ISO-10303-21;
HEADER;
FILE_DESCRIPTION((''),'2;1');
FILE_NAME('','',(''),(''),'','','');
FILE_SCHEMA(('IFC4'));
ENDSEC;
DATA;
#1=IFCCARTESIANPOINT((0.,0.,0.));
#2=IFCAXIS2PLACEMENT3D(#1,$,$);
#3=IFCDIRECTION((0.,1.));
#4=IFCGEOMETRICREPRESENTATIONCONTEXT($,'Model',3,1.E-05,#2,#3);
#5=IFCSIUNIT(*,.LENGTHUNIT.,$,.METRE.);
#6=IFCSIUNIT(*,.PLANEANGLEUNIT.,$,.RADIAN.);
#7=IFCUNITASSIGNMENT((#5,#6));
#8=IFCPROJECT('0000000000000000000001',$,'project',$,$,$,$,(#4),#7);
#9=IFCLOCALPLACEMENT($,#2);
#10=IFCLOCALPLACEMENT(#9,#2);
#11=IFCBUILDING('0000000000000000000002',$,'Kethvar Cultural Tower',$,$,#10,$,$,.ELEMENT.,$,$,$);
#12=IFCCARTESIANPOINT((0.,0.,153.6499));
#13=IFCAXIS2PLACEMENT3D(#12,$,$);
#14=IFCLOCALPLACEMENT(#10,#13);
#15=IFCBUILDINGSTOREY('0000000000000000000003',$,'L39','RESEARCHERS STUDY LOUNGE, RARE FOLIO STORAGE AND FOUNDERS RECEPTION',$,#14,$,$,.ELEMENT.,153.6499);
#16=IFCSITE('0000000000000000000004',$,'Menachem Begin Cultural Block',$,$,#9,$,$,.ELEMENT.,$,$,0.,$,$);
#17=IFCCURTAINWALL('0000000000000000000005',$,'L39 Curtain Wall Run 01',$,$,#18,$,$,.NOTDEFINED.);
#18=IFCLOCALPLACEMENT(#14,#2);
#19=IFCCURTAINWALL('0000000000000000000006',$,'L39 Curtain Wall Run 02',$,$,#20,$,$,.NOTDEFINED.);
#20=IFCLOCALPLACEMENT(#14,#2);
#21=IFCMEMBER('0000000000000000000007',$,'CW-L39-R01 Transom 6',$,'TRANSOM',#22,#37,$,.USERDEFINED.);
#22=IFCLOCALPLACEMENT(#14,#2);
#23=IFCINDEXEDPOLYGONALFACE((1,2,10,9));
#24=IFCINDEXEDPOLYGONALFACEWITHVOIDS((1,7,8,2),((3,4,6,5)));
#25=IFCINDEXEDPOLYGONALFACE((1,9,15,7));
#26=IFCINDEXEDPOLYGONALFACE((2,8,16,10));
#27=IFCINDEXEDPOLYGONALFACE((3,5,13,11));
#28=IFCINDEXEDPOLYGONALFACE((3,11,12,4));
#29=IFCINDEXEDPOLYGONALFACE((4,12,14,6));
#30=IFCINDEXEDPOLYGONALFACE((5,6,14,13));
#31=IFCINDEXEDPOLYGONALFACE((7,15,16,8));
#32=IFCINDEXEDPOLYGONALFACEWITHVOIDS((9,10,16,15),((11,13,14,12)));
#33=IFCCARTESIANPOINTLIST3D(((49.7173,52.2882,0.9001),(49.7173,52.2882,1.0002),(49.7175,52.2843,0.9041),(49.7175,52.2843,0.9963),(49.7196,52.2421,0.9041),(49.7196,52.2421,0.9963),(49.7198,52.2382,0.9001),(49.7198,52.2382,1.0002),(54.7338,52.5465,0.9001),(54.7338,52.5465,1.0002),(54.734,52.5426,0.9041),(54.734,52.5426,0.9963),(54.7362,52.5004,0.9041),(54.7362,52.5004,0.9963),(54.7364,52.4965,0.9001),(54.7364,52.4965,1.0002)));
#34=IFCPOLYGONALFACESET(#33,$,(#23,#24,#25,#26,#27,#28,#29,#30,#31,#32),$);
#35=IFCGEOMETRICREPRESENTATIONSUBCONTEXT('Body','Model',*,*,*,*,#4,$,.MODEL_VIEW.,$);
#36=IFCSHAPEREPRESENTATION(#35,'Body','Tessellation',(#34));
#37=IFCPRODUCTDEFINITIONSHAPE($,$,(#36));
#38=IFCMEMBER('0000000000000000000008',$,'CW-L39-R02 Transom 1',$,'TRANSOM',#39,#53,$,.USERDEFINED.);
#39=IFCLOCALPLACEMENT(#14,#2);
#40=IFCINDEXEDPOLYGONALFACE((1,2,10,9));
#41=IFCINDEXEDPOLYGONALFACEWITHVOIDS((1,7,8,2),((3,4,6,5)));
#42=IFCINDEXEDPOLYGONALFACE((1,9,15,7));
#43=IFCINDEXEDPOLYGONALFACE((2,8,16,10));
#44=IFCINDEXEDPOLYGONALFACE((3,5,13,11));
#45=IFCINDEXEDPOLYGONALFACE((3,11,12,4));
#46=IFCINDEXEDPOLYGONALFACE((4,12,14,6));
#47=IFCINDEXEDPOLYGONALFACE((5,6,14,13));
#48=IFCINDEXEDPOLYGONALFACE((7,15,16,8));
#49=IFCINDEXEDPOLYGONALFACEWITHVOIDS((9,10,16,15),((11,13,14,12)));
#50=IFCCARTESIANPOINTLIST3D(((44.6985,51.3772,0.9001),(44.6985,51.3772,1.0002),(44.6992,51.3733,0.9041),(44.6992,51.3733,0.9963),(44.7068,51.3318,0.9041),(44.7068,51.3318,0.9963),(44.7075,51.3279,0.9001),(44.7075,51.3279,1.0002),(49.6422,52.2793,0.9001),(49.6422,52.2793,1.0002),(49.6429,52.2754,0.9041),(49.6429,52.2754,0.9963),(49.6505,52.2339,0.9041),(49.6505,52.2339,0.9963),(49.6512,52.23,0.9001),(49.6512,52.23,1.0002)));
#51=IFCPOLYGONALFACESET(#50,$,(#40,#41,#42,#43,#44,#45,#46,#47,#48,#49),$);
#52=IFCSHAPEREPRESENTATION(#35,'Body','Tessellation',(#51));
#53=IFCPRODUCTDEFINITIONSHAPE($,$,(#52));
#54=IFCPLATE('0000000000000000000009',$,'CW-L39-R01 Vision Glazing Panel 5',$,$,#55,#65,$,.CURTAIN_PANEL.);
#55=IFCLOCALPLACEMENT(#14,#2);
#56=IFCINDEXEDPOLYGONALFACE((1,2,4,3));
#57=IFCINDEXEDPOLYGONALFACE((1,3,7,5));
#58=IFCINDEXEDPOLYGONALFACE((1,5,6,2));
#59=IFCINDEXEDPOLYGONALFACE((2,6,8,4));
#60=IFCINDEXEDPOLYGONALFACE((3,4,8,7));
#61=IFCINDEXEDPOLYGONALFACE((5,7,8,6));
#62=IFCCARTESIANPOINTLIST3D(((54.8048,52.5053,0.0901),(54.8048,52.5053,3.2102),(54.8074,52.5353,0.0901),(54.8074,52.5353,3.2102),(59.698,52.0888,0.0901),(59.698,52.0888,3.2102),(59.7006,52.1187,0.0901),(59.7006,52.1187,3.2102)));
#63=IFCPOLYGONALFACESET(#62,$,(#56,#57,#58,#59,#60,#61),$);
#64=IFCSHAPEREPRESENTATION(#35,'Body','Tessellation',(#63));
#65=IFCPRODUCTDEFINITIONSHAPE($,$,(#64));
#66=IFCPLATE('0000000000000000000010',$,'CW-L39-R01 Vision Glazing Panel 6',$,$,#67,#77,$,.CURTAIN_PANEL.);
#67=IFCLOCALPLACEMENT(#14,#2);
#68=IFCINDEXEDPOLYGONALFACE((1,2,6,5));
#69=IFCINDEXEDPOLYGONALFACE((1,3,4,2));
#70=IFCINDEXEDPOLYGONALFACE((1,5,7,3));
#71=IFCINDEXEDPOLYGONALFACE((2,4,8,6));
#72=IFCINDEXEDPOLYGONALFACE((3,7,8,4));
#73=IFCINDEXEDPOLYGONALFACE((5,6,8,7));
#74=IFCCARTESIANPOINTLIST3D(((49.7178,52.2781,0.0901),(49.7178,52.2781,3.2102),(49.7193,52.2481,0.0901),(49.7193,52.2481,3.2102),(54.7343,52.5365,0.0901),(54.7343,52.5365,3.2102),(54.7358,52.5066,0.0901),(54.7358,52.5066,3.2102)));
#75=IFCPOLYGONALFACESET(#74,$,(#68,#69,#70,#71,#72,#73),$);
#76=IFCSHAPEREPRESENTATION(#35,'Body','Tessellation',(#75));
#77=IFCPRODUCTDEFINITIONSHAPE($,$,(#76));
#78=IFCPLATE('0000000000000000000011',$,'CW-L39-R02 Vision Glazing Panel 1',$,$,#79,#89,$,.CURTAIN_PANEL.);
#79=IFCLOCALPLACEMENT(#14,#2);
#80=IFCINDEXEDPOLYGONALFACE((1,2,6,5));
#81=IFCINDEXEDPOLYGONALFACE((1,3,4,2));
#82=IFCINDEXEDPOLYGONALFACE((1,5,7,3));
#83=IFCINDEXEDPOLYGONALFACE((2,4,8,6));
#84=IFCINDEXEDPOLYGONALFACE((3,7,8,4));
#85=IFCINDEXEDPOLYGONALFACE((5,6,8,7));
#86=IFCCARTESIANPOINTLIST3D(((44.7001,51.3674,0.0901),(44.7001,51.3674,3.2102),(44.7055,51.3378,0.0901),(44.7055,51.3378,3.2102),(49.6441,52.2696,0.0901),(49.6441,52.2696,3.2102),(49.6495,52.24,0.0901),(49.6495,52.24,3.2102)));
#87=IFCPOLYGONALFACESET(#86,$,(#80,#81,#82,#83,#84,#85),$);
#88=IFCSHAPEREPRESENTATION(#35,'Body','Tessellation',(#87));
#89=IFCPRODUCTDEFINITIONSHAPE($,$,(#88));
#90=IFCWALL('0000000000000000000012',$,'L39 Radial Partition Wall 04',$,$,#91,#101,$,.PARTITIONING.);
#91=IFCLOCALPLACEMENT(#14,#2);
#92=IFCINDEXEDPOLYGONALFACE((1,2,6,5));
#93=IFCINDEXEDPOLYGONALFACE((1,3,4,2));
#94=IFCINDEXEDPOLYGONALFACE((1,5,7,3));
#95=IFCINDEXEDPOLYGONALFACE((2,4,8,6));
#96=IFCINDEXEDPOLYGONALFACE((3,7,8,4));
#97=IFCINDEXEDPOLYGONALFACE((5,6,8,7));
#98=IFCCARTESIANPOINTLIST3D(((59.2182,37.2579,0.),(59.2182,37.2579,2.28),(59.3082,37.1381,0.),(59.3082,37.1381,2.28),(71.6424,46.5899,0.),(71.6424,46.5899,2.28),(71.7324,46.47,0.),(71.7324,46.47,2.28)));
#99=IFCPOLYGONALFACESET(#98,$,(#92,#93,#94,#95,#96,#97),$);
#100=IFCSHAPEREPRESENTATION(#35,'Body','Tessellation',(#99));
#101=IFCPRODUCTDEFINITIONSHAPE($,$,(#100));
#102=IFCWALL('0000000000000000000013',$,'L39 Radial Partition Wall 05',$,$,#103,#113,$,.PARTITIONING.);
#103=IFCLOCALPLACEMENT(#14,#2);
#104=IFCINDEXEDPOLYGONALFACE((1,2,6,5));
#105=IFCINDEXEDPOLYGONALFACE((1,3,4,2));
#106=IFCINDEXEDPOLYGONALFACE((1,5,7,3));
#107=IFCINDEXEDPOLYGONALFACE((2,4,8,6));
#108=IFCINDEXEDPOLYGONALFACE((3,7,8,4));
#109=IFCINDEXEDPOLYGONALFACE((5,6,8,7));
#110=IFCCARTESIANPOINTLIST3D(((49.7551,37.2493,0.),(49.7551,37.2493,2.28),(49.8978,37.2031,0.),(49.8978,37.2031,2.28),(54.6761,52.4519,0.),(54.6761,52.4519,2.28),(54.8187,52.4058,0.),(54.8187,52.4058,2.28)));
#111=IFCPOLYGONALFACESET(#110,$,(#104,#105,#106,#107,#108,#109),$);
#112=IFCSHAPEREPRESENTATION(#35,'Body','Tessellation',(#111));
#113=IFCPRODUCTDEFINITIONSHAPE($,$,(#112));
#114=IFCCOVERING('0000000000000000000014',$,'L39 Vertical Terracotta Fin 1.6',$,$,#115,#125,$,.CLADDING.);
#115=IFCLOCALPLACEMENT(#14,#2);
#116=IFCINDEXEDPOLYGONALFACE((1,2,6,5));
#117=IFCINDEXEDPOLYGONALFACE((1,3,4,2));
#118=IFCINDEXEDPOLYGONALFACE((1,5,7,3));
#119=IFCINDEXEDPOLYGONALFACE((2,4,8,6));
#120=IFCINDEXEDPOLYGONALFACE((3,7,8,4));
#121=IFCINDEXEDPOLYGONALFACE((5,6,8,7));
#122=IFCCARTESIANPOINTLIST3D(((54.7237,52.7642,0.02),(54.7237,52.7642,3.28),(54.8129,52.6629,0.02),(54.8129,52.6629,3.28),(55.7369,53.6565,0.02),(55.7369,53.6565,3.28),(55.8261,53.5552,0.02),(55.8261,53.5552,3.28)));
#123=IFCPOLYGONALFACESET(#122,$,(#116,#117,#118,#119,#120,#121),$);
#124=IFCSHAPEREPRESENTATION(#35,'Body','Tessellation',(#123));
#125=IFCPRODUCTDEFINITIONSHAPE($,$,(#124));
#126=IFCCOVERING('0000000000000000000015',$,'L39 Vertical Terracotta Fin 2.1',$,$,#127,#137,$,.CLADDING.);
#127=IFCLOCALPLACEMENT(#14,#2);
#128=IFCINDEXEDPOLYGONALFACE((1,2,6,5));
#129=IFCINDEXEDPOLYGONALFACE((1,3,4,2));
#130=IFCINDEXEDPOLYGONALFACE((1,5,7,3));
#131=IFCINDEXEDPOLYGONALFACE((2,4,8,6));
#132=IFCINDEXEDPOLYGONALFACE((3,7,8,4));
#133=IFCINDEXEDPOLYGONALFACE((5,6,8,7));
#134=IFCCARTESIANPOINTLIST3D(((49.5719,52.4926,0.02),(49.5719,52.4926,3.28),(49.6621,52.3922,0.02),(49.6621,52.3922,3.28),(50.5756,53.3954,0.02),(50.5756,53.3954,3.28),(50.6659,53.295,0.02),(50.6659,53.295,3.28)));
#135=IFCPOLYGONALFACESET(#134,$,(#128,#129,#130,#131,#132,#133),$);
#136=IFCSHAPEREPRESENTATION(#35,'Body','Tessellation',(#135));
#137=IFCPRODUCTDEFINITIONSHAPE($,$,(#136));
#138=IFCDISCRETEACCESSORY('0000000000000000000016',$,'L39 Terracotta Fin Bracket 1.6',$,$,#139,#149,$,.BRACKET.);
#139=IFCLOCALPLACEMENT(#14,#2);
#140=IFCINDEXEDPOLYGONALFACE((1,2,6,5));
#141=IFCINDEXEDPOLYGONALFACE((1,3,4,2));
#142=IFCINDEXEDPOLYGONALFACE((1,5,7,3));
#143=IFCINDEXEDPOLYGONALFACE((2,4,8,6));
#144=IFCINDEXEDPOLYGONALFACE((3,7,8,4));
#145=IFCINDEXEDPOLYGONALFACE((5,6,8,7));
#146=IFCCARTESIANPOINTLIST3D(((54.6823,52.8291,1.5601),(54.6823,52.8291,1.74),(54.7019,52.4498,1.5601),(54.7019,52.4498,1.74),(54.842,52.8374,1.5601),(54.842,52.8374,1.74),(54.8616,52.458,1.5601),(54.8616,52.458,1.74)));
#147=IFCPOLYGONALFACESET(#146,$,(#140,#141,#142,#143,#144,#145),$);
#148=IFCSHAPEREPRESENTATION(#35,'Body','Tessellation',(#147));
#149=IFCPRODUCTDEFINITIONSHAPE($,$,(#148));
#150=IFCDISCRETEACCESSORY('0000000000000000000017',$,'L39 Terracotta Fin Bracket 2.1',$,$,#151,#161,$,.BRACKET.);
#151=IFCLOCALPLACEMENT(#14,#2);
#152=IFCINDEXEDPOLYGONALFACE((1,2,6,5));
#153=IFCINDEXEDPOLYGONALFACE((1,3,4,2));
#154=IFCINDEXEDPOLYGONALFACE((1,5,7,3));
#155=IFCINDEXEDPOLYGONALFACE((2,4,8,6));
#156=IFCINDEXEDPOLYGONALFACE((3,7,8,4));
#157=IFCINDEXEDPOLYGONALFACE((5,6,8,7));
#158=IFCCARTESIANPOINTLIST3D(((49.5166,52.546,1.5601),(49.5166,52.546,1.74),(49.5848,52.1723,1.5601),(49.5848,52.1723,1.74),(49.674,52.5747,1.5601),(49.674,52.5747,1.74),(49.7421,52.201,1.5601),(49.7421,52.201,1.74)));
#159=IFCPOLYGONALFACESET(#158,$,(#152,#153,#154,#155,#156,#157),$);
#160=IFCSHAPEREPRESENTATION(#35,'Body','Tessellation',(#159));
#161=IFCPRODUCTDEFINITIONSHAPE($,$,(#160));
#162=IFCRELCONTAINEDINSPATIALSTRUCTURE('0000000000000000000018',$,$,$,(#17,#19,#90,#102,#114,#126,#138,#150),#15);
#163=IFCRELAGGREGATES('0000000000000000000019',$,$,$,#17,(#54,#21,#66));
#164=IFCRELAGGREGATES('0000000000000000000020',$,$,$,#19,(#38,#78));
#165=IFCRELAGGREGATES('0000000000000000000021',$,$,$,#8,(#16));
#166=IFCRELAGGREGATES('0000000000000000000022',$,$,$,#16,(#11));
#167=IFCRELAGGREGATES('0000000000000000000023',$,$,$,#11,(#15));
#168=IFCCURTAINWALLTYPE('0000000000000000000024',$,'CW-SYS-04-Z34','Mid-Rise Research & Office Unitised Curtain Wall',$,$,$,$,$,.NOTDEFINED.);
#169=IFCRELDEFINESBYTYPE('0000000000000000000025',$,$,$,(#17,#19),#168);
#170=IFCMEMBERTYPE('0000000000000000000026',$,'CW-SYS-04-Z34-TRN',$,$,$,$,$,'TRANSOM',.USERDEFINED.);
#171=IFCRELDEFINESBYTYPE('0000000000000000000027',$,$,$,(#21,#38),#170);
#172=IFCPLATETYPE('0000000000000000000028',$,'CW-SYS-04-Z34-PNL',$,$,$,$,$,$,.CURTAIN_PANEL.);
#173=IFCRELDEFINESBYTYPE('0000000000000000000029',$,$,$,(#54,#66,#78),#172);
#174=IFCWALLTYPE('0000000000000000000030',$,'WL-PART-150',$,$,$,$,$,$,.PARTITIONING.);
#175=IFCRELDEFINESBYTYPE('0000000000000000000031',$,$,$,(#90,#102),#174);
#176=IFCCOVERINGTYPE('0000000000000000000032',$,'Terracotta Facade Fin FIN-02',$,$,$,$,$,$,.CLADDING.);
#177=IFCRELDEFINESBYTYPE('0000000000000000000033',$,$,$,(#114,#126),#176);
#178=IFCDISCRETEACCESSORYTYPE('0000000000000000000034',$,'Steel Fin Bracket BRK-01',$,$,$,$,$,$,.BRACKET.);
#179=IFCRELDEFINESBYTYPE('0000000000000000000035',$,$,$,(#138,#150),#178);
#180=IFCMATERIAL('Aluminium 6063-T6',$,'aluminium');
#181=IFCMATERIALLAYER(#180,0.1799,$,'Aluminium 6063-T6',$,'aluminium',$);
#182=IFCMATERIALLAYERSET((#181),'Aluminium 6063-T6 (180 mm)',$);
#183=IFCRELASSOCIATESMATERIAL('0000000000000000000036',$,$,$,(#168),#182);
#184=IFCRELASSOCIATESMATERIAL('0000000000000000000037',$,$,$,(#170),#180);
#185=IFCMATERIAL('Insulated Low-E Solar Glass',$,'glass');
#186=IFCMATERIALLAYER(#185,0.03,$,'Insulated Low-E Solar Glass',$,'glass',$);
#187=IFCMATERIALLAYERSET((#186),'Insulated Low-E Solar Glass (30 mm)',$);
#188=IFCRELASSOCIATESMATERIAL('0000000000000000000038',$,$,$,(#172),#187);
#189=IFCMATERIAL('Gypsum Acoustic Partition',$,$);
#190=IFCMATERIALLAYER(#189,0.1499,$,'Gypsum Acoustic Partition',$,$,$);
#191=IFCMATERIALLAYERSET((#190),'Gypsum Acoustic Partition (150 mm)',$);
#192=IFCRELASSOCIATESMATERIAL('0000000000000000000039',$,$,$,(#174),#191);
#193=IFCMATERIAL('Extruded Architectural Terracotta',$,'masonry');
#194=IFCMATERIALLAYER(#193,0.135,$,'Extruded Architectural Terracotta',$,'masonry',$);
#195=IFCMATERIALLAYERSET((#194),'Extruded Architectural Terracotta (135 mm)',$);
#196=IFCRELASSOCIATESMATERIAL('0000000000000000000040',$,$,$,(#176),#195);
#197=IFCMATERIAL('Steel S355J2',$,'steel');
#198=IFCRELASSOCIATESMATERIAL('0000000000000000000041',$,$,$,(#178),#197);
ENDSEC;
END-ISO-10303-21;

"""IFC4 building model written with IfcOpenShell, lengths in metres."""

from ifc_helpers import new_model, si_unit, direction, frame, frame_2d, origin, origin_2d, place, context, subcontext, project, spatial, rectangle, hollow_rectangle, extrude, source, transform, mapped, material, layer, layer_set, material_profile, profile_set, type_object, element, aggregate, save


model = new_model("IFC4")

# Units and contexts
model_context = context("Model", 3, precision=1e-05, world=origin(), true_north=direction((0.0, 1.0)))
body_context = subcontext(model_context, "Body", "Model", "MODEL_VIEW")
ifc_project = project(units=[si_unit("LENGTHUNIT", "METRE"), si_unit("PLANEANGLEUNIT", "RADIAN")], contexts=[model_context])

# Site, building, storey
site_placement = place(None, origin())
site = spatial("IfcSite", under=ifc_project, at=site_placement, Name="Menachem Begin Cultural Block", CompositionType="ELEMENT", RefElevation=0.0)
building_placement = place(site_placement, origin())
building = spatial("IfcBuilding", under=site, at=building_placement, Name="Kethvar Cultural Tower", CompositionType="ELEMENT")
storey_placement = place(building_placement, frame((0.0, 0.0, 153.6499)))
storey = spatial("IfcBuildingStorey", under=building, at=storey_placement, Name="L39", Description="RESEARCHERS STUDY LOUNGE, RARE FOLIO STORAGE AND FOUNDERS RECEPTION", CompositionType="ELEMENT", Elevation=153.6499)

# Shared definitions
ifc_material_1 = material(Name="Steel S355J2", Category="steel")

# Curtain wall
ifc_material_2 = material(Name="Aluminium 6063-T6", Category="aluminium")
ifc_layer_1 = layer(ifc_material_2, 0.1799, Name="Aluminium 6063-T6", Category="aluminium")
ifc_layer_set_1 = layer_set([ifc_layer_1], Name="Aluminium 6063-T6 (180 mm)")
curtain_wall_type = type_object("IfcCurtainWallType", Name="CW-SYS-04-Z34", Description="Mid-Rise Research & Office Unitised Curtain Wall", PredefinedType="NOTDEFINED", material=ifc_layer_set_1)
curtain_wall_1_placement = place(storey_placement, origin())
curtain_wall_1 = element("IfcCurtainWall", 1, at=curtain_wall_1_placement, inside=storey, type_object=curtain_wall_type, Name="L39 Curtain Wall Run 01", PredefinedType="NOTDEFINED")

# Curtain wall
curtain_wall_2_placement = place(storey_placement, origin())
curtain_wall_2 = element("IfcCurtainWall", 2, at=curtain_wall_2_placement, inside=storey, type_object=curtain_wall_type, Name="L39 Curtain Wall Run 02", PredefinedType="NOTDEFINED")

# Members
ifc_material_profile_1 = material_profile(ifc_material_2, hollow_rectangle(XDim=0.05, YDim=0.1001, WallThickness=0.0039, at=origin_2d()), Name="Aluminium 6063-T6 — RHS100x50x4")
ifc_profile_set_1 = profile_set([ifc_material_profile_1], Name="Aluminium 6063-T6 — RHS100x50x4")
member_type_1 = type_object("IfcMemberType", Name="CW-SYS-04-Z34-TRN", ElementType="TRANSOM", PredefinedType="USERDEFINED", material=ifc_profile_set_1)
shared_shape_1 = source(origin(), body_context, "Body", "SweptSolid", [
    extrude(hollow_rectangle(XDim=0.05, YDim=0.1001, WallThickness=0.0039, at=origin_2d()), origin(), (0.0, 0.0, 1.0), 5.0232),
])
member_1_placement = place(storey_placement, frame((54.7351, 52.5215, 0.9502), z_axis=(-0.998677, -0.051421, 0.0), x_axis=(0.051421, -0.998677, 0.0)))
member_1 = element("IfcMember", 3, at=member_1_placement, type_object=member_type_1, Name="CW-L39-R01 Transom 6", ObjectType="TRANSOM", PredefinedType="USERDEFINED", context=body_context, shape_type="MappedRepresentation", body=[
    mapped(shared_shape_1, transform((0.0, 0.0, 0.0), scale=1.0)),
])
shared_shape_2 = source(origin(), body_context, "Body", "SweptSolid", [
    extrude(hollow_rectangle(XDim=0.05, YDim=0.1001, WallThickness=0.0039, at=origin_2d()), origin(), (0.0, 0.0, 1.0), 5.0254),
])
member_2_placement = place(storey_placement, frame((49.6467, 52.2546, 0.9502), z_axis=(-0.983757, -0.179505, 0.0), x_axis=(0.179505, -0.983757, 0.0)))
member_2 = element("IfcMember", 4, at=member_2_placement, type_object=member_type_1, Name="CW-L39-R02 Transom 1", ObjectType="TRANSOM", PredefinedType="USERDEFINED", context=body_context, shape_type="MappedRepresentation", body=[
    mapped(shared_shape_2, transform((0.0, 0.0, 0.0), scale=1.0)),
])

# Plates
ifc_material_3 = material(Name="Insulated Low-E Solar Glass", Category="glass")
ifc_layer_2 = layer(ifc_material_3, 0.03, Name="Insulated Low-E Solar Glass", Category="glass")
ifc_layer_set_2 = layer_set([ifc_layer_2], Name="Insulated Low-E Solar Glass (30 mm)")
plate_type = type_object("IfcPlateType", Name="CW-SYS-04-Z34-PNL", PredefinedType="CURTAIN_PANEL", material=ifc_layer_set_2)
shared_shape_3 = source(origin(), body_context, "Body", "SweptSolid", [
    extrude(rectangle(XDim=4.9109, YDim=0.03, at=origin_2d()), origin(), (0.0, 0.0, 1.0), 3.1201),
])
plate_1_placement = place(storey_placement, frame((57.2527, 52.312, 0.0901), z_axis=(0.0, 0.0, 1.0), x_axis=(-0.996396, 0.084826, 0.0)))
plate_1 = element("IfcPlate", 5, at=plate_1_placement, type_object=plate_type, Name="CW-L39-R01 Vision Glazing Panel 5", PredefinedType="CURTAIN_PANEL", context=body_context, shape_type="MappedRepresentation", body=[
    mapped(shared_shape_3, transform((0.0, 0.0, 0.0), scale=1.0)),
])
shared_shape_4 = source(origin(), body_context, "Body", "SweptSolid", [
    extrude(rectangle(XDim=5.0232, YDim=0.03, at=origin_2d()), origin(), (0.0, 0.0, 1.0), 3.1201),
])
plate_2_placement = place(storey_placement, frame((52.2268, 52.3923, 0.0901), z_axis=(0.0, 0.0, 1.0), x_axis=(-0.998676, -0.051447, 0.0)))
plate_2 = element("IfcPlate", 6, at=plate_2_placement, type_object=plate_type, Name="CW-L39-R01 Vision Glazing Panel 6", PredefinedType="CURTAIN_PANEL", context=body_context, shape_type="MappedRepresentation", body=[
    mapped(shared_shape_4, transform((0.0, 0.0, 0.0), scale=1.0)),
])
aggregate(curtain_wall_1, [plate_1, member_1, plate_2])
shared_shape_5 = source(origin(), body_context, "Body", "SweptSolid", [
    extrude(rectangle(XDim=5.0256, YDim=0.03, at=origin_2d()), origin(), (0.0, 0.0, 1.0), 3.1201),
])
plate_3_placement = place(storey_placement, frame((47.1748, 51.8037, 0.0901), z_axis=(0.0, 0.0, 1.0), x_axis=(-0.983754, -0.179523, 0.0)))
plate_3 = element("IfcPlate", 7, at=plate_3_placement, type_object=plate_type, Name="CW-L39-R02 Vision Glazing Panel 1", PredefinedType="CURTAIN_PANEL", context=body_context, shape_type="MappedRepresentation", body=[
    mapped(shared_shape_5, transform((0.0, 0.0, 0.0), scale=1.0)),
])
aggregate(curtain_wall_2, [member_2, plate_3])

# Walls
ifc_material_4 = material(Name="Gypsum Acoustic Partition")
ifc_layer_3 = layer(ifc_material_4, 0.1499, Name="Gypsum Acoustic Partition")
ifc_layer_set_3 = layer_set([ifc_layer_3], Name="Gypsum Acoustic Partition (150 mm)")
wall_type_1 = type_object("IfcWallType", Name="WL-PART-150", PredefinedType="PARTITIONING", material=ifc_layer_set_3)
wall_1_placement = place(storey_placement, frame((59.2632, 37.198, 0.0), z_axis=(0.0, 0.0, 1.0), x_axis=(0.799574, 0.600568, 0.0)))
element("IfcWall", 8, at=wall_1_placement, inside=storey, type_object=wall_type_1, Name="L39 Radial Partition Wall 04", PredefinedType="PARTITIONING", context=body_context, shape_type="SweptSolid", body=[
    extrude(rectangle(XDim=15.5386, YDim=0.1499, at=frame_2d((7.7693, 0.0))), origin(), (0.0, 0.0, 1.0), 2.28),
])
wall_2_placement = place(storey_placement, frame((49.8264, 37.2261, 0.0), z_axis=(0.0, 0.0, 1.0), x_axis=(0.307956, 0.951401, 0.0)))
element("IfcWall", 9, at=wall_2_placement, inside=storey, type_object=wall_type_1, Name="L39 Radial Partition Wall 05", PredefinedType="PARTITIONING", context=body_context, shape_type="SweptSolid", body=[
    extrude(rectangle(XDim=15.9792, YDim=0.1499, at=frame_2d((7.9897, 0.0))), origin(), (0.0, 0.0, 1.0), 2.28),
])

# Coverings
ifc_material_5 = material(Name="Extruded Architectural Terracotta", Category="masonry")
ifc_layer_4 = layer(ifc_material_5, 0.135, Name="Extruded Architectural Terracotta", Category="masonry")
ifc_layer_set_4 = layer_set([ifc_layer_4], Name="Extruded Architectural Terracotta (135 mm)")
covering_type = type_object("IfcCoveringType", Name="Terracotta Facade Fin FIN-02", PredefinedType="CLADDING", material=ifc_layer_set_4)
shared_shape_6 = source(origin(), body_context, "Body", "SweptSolid", [
    extrude(rectangle(XDim=1.3501, YDim=0.135, at=origin_2d()), origin(), (0.0, 0.0, 1.0), 3.26),
])
for number, where, z_axis, x_axis, name in (
    (10, (55.2749, 53.1597, 0.02), (0.0, 0.0, 1.0), (0.750457, 0.660919, 0.0), "L39 Vertical Terracotta Fin 1.6"),
    (11, (50.1189, 52.8938, 0.02), (0.0, 0.0, 1.0), (0.743495, 0.668741, 0.0), "L39 Vertical Terracotta Fin 2.1"),
):
    element("IfcCovering", number, at=place(storey_placement, frame(where, z_axis=z_axis, x_axis=x_axis)), inside=storey, type_object=covering_type, Name=name, PredefinedType="CLADDING", context=body_context, shape_type="MappedRepresentation", body=[
        mapped(shared_shape_6, transform((0.0, 0.0, 0.0), scale=1.0)),
    ])

# Discrete accessories
discrete_accessory_type = type_object("IfcDiscreteAccessoryType", Name="Steel Fin Bracket BRK-01", PredefinedType="BRACKET", material=ifc_material_1)
shared_shape_7 = source(origin(), body_context, "Body", "SweptSolid", [
    extrude(rectangle(XDim=0.3799, YDim=0.1599, at=origin_2d()), origin(), (0.0, 0.0, 1.0), 0.1799),
])
for number, where, z_axis, x_axis, name in (
    (12, (54.772, 52.6436, 1.5601), (0.0, 0.0, 1.0), (-0.051464, 0.998675, 0.0), "L39 Terracotta Fin Bracket 1.6"),
    (13, (49.6294, 52.3735, 1.5601), (0.0, 0.0, 1.0), (-0.179489, 0.98376, 0.0), "L39 Terracotta Fin Bracket 2.1"),
):
    element("IfcDiscreteAccessory", number, at=place(storey_placement, frame(where, z_axis=z_axis, x_axis=x_axis)), inside=storey, type_object=discrete_accessory_type, Name=name, PredefinedType="BRACKET", context=body_context, shape_type="MappedRepresentation", body=[
        mapped(shared_shape_7, transform((0.0, 0.0, 0.0), scale=1.0)),
    ])

save(model, "model.ifc")
